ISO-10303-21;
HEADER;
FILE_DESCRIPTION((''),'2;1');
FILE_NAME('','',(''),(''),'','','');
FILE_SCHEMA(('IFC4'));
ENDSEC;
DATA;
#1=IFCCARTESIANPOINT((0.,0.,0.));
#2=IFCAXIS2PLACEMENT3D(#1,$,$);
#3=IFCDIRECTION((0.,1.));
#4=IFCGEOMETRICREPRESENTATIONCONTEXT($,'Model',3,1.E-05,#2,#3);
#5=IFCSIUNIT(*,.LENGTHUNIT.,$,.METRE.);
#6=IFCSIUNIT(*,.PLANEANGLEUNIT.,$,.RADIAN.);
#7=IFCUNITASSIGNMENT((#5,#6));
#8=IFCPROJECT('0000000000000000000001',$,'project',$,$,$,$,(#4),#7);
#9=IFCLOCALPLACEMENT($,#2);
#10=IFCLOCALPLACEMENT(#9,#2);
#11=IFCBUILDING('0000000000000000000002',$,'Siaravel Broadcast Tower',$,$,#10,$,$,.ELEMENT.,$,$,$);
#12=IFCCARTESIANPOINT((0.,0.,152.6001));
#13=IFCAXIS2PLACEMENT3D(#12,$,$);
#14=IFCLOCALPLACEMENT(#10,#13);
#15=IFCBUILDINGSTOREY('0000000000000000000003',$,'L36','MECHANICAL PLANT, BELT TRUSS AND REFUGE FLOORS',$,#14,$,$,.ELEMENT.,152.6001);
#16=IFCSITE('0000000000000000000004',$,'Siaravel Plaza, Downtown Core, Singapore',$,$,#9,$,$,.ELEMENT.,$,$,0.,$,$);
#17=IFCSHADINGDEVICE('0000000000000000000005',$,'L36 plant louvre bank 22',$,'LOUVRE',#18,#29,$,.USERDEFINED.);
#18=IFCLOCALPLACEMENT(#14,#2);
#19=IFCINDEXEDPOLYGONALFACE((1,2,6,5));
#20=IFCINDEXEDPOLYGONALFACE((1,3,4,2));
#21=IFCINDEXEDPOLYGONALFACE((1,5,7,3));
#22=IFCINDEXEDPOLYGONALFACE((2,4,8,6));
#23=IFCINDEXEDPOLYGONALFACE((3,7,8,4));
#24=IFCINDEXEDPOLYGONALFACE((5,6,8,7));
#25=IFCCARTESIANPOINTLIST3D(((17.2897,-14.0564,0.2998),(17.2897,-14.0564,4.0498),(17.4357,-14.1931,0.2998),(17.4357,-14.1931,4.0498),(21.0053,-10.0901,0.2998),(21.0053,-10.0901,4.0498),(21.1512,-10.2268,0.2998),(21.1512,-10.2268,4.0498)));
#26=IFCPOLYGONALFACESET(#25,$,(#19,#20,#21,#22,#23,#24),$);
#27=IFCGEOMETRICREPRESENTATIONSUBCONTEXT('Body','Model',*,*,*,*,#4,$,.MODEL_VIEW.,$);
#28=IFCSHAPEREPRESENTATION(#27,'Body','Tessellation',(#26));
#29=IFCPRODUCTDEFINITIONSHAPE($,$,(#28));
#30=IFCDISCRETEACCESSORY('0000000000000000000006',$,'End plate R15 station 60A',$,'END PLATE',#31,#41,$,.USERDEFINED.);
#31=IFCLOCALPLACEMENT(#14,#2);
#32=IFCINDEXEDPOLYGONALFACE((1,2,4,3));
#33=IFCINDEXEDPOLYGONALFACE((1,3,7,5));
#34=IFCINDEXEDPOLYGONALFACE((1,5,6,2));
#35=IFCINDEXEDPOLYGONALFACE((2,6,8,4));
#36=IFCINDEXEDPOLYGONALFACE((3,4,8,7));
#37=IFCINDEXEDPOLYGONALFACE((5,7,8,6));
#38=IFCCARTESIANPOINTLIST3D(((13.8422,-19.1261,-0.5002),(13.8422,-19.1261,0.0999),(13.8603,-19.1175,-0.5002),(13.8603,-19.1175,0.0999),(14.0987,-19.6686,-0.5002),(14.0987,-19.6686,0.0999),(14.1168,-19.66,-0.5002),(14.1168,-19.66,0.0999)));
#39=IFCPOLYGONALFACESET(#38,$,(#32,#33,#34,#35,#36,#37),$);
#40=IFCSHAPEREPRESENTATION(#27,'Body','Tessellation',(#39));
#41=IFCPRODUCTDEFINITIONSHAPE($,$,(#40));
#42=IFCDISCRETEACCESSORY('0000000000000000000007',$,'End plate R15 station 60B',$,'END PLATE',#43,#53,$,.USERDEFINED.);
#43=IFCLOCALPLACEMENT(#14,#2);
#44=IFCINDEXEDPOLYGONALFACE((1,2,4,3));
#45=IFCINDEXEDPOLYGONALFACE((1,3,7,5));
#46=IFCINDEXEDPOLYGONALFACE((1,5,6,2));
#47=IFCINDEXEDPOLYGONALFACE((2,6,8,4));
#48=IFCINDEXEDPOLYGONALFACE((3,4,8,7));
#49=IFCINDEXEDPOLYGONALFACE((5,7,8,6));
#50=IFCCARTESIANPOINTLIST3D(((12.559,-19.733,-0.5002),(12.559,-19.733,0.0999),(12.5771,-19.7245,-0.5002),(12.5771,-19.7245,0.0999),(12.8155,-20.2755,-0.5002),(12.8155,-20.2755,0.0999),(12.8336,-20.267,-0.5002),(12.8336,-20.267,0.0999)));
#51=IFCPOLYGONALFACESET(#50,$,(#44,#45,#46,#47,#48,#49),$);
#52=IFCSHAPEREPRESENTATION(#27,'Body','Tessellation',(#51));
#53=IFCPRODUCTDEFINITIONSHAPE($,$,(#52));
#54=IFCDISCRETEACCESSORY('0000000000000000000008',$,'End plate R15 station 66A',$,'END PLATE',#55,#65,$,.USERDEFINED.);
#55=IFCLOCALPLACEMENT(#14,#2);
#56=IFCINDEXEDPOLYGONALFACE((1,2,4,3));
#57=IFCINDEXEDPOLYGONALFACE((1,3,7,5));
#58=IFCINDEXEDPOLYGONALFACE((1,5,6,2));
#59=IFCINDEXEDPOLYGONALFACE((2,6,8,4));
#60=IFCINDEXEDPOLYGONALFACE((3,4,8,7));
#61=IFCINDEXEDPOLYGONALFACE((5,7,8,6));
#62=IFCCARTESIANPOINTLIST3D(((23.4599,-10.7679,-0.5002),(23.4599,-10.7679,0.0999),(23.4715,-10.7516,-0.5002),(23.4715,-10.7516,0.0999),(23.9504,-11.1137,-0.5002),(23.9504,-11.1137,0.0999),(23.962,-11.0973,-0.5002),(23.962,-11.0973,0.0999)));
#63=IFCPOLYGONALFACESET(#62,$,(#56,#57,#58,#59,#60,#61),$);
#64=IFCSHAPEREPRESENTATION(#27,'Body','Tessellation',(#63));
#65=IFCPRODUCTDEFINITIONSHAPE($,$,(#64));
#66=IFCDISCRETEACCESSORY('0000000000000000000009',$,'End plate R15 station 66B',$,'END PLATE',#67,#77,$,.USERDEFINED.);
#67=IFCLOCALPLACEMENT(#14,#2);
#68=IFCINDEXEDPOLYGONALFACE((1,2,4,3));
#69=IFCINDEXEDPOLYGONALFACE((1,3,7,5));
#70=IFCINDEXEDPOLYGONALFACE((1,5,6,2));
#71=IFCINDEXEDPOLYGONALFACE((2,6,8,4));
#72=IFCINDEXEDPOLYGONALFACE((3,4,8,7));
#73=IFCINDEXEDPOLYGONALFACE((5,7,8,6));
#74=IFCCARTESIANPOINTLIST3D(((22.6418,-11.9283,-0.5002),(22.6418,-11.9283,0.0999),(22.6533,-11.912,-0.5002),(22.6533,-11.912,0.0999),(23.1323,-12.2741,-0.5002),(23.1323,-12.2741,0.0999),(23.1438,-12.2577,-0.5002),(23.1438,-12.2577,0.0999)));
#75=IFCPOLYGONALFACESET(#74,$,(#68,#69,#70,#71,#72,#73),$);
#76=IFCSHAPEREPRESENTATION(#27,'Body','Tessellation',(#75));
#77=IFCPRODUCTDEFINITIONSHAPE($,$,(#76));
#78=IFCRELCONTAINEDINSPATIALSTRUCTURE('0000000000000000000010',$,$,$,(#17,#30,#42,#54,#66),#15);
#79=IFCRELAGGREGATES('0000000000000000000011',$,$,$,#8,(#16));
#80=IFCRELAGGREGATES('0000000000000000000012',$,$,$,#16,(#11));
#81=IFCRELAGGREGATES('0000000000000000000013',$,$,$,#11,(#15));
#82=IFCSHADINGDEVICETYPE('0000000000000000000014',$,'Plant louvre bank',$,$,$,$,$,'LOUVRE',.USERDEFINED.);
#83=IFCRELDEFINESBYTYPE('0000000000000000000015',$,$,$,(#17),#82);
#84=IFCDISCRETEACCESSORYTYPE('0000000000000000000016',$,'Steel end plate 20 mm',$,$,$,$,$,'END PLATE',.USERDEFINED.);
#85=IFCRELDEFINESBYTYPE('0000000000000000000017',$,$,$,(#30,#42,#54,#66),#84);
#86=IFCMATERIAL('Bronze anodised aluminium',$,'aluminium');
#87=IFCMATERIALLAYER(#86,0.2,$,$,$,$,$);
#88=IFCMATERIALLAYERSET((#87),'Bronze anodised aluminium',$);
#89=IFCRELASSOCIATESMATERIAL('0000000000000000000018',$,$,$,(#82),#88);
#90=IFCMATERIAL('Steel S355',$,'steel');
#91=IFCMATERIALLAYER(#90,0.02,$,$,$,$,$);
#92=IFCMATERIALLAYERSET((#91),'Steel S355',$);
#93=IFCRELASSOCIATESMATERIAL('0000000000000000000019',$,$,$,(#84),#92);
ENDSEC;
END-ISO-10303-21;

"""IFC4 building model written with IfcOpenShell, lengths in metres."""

from ifc_helpers import new_model, si_unit, direction, frame, origin, origin_2d, place, context, subcontext, project, spatial, rectangle, extrude, material, layer, layer_set, type_object, element, save


model = new_model("IFC4")

# Units and contexts
model_context = context("Model", 3, precision=1e-05, world=origin(), true_north=direction((0.0, 1.0)))
body_context = subcontext(model_context, "Body", "Model", "MODEL_VIEW")
ifc_project = project(units=[si_unit("LENGTHUNIT", "METRE"), si_unit("PLANEANGLEUNIT", "RADIAN")], contexts=[model_context])

# Site, building, storey
site_placement = place(None, origin())
site = spatial("IfcSite", under=ifc_project, at=site_placement, Name="Siaravel Plaza, Downtown Core, Singapore", CompositionType="ELEMENT", RefElevation=0.0)
building_placement = place(site_placement, origin())
building = spatial("IfcBuilding", under=site, at=building_placement, Name="Siaravel Broadcast Tower", CompositionType="ELEMENT")
storey_placement = place(building_placement, frame((0.0, 0.0, 152.6001)))
storey = spatial("IfcBuildingStorey", under=building, at=storey_placement, Name="L36", Description="MECHANICAL PLANT, BELT TRUSS AND REFUGE FLOORS", CompositionType="ELEMENT", Elevation=152.6001)

# Shared definitions
ifc_material_1 = material(Name="Steel S355", Category="steel")

# Shading device
ifc_material_2 = material(Name="Bronze anodised aluminium", Category="aluminium")
ifc_layer_1 = layer(ifc_material_2, 0.2)
ifc_layer_set_1 = layer_set([ifc_layer_1], Name="Bronze anodised aluminium")
shading_device_type = type_object("IfcShadingDeviceType", Name="Plant louvre bank", ElementType="LOUVRE", PredefinedType="USERDEFINED", material=ifc_layer_set_1)
shading_device_1_placement = place(storey_placement, frame((19.2205, -12.1416, 0.2998), z_axis=(0.0, 0.0, 1.0), x_axis=(0.683655, 0.729806, 0.0)))
element("IfcShadingDevice", 1, at=shading_device_1_placement, inside=storey, type_object=shading_device_type, Name="L36 plant louvre bank 22", ObjectType="LOUVRE", PredefinedType="USERDEFINED", context=body_context, shape_type="SweptSolid", body=[
    extrude(rectangle(XDim=5.4348, YDim=0.2, at=origin_2d()), origin(), (0.0, 0.0, 1.0), 3.75),
])

# Discrete accessories
ifc_layer_2 = layer(ifc_material_1, 0.02)
ifc_layer_set_2 = layer_set([ifc_layer_2], Name="Steel S355")
discrete_accessory_type = type_object("IfcDiscreteAccessoryType", Name="Steel end plate 20 mm", ElementType="END PLATE", PredefinedType="USERDEFINED", material=ifc_layer_set_2)
for number, where, z_axis, x_axis, name in (
    (2, (13.9795, -19.3931, -0.5002), (0.0, 0.0, 1.0), (0.904006, 0.427519, 0.0), "End plate R15 station 60A"),
    (3, (12.6963, -20.0, -0.5002), (0.0, 0.0, 1.0), (0.904006, 0.427519, 0.0), "End plate R15 station 60B"),
    (4, (23.7109, -10.9326, -0.5002), (0.0, 0.0, 1.0), (0.576119, 0.817366, 0.0), "End plate R15 station 66A"),
    (5, (22.8928, -12.093, -0.5002), (0.0, 0.0, 1.0), (0.576119, 0.817366, 0.0), "End plate R15 station 66B"),
):
    element("IfcDiscreteAccessory", number, at=place(storey_placement, frame(where, z_axis=z_axis, x_axis=x_axis)), inside=storey, type_object=discrete_accessory_type, Name=name, ObjectType="END PLATE", PredefinedType="USERDEFINED", context=body_context, shape_type="SweptSolid", body=[
        extrude(rectangle(XDim=0.02, YDim=0.6001, at=origin_2d()), origin(), (0.0, 0.0, 1.0), 0.6001),
    ])

save(model, "model.ifc")
